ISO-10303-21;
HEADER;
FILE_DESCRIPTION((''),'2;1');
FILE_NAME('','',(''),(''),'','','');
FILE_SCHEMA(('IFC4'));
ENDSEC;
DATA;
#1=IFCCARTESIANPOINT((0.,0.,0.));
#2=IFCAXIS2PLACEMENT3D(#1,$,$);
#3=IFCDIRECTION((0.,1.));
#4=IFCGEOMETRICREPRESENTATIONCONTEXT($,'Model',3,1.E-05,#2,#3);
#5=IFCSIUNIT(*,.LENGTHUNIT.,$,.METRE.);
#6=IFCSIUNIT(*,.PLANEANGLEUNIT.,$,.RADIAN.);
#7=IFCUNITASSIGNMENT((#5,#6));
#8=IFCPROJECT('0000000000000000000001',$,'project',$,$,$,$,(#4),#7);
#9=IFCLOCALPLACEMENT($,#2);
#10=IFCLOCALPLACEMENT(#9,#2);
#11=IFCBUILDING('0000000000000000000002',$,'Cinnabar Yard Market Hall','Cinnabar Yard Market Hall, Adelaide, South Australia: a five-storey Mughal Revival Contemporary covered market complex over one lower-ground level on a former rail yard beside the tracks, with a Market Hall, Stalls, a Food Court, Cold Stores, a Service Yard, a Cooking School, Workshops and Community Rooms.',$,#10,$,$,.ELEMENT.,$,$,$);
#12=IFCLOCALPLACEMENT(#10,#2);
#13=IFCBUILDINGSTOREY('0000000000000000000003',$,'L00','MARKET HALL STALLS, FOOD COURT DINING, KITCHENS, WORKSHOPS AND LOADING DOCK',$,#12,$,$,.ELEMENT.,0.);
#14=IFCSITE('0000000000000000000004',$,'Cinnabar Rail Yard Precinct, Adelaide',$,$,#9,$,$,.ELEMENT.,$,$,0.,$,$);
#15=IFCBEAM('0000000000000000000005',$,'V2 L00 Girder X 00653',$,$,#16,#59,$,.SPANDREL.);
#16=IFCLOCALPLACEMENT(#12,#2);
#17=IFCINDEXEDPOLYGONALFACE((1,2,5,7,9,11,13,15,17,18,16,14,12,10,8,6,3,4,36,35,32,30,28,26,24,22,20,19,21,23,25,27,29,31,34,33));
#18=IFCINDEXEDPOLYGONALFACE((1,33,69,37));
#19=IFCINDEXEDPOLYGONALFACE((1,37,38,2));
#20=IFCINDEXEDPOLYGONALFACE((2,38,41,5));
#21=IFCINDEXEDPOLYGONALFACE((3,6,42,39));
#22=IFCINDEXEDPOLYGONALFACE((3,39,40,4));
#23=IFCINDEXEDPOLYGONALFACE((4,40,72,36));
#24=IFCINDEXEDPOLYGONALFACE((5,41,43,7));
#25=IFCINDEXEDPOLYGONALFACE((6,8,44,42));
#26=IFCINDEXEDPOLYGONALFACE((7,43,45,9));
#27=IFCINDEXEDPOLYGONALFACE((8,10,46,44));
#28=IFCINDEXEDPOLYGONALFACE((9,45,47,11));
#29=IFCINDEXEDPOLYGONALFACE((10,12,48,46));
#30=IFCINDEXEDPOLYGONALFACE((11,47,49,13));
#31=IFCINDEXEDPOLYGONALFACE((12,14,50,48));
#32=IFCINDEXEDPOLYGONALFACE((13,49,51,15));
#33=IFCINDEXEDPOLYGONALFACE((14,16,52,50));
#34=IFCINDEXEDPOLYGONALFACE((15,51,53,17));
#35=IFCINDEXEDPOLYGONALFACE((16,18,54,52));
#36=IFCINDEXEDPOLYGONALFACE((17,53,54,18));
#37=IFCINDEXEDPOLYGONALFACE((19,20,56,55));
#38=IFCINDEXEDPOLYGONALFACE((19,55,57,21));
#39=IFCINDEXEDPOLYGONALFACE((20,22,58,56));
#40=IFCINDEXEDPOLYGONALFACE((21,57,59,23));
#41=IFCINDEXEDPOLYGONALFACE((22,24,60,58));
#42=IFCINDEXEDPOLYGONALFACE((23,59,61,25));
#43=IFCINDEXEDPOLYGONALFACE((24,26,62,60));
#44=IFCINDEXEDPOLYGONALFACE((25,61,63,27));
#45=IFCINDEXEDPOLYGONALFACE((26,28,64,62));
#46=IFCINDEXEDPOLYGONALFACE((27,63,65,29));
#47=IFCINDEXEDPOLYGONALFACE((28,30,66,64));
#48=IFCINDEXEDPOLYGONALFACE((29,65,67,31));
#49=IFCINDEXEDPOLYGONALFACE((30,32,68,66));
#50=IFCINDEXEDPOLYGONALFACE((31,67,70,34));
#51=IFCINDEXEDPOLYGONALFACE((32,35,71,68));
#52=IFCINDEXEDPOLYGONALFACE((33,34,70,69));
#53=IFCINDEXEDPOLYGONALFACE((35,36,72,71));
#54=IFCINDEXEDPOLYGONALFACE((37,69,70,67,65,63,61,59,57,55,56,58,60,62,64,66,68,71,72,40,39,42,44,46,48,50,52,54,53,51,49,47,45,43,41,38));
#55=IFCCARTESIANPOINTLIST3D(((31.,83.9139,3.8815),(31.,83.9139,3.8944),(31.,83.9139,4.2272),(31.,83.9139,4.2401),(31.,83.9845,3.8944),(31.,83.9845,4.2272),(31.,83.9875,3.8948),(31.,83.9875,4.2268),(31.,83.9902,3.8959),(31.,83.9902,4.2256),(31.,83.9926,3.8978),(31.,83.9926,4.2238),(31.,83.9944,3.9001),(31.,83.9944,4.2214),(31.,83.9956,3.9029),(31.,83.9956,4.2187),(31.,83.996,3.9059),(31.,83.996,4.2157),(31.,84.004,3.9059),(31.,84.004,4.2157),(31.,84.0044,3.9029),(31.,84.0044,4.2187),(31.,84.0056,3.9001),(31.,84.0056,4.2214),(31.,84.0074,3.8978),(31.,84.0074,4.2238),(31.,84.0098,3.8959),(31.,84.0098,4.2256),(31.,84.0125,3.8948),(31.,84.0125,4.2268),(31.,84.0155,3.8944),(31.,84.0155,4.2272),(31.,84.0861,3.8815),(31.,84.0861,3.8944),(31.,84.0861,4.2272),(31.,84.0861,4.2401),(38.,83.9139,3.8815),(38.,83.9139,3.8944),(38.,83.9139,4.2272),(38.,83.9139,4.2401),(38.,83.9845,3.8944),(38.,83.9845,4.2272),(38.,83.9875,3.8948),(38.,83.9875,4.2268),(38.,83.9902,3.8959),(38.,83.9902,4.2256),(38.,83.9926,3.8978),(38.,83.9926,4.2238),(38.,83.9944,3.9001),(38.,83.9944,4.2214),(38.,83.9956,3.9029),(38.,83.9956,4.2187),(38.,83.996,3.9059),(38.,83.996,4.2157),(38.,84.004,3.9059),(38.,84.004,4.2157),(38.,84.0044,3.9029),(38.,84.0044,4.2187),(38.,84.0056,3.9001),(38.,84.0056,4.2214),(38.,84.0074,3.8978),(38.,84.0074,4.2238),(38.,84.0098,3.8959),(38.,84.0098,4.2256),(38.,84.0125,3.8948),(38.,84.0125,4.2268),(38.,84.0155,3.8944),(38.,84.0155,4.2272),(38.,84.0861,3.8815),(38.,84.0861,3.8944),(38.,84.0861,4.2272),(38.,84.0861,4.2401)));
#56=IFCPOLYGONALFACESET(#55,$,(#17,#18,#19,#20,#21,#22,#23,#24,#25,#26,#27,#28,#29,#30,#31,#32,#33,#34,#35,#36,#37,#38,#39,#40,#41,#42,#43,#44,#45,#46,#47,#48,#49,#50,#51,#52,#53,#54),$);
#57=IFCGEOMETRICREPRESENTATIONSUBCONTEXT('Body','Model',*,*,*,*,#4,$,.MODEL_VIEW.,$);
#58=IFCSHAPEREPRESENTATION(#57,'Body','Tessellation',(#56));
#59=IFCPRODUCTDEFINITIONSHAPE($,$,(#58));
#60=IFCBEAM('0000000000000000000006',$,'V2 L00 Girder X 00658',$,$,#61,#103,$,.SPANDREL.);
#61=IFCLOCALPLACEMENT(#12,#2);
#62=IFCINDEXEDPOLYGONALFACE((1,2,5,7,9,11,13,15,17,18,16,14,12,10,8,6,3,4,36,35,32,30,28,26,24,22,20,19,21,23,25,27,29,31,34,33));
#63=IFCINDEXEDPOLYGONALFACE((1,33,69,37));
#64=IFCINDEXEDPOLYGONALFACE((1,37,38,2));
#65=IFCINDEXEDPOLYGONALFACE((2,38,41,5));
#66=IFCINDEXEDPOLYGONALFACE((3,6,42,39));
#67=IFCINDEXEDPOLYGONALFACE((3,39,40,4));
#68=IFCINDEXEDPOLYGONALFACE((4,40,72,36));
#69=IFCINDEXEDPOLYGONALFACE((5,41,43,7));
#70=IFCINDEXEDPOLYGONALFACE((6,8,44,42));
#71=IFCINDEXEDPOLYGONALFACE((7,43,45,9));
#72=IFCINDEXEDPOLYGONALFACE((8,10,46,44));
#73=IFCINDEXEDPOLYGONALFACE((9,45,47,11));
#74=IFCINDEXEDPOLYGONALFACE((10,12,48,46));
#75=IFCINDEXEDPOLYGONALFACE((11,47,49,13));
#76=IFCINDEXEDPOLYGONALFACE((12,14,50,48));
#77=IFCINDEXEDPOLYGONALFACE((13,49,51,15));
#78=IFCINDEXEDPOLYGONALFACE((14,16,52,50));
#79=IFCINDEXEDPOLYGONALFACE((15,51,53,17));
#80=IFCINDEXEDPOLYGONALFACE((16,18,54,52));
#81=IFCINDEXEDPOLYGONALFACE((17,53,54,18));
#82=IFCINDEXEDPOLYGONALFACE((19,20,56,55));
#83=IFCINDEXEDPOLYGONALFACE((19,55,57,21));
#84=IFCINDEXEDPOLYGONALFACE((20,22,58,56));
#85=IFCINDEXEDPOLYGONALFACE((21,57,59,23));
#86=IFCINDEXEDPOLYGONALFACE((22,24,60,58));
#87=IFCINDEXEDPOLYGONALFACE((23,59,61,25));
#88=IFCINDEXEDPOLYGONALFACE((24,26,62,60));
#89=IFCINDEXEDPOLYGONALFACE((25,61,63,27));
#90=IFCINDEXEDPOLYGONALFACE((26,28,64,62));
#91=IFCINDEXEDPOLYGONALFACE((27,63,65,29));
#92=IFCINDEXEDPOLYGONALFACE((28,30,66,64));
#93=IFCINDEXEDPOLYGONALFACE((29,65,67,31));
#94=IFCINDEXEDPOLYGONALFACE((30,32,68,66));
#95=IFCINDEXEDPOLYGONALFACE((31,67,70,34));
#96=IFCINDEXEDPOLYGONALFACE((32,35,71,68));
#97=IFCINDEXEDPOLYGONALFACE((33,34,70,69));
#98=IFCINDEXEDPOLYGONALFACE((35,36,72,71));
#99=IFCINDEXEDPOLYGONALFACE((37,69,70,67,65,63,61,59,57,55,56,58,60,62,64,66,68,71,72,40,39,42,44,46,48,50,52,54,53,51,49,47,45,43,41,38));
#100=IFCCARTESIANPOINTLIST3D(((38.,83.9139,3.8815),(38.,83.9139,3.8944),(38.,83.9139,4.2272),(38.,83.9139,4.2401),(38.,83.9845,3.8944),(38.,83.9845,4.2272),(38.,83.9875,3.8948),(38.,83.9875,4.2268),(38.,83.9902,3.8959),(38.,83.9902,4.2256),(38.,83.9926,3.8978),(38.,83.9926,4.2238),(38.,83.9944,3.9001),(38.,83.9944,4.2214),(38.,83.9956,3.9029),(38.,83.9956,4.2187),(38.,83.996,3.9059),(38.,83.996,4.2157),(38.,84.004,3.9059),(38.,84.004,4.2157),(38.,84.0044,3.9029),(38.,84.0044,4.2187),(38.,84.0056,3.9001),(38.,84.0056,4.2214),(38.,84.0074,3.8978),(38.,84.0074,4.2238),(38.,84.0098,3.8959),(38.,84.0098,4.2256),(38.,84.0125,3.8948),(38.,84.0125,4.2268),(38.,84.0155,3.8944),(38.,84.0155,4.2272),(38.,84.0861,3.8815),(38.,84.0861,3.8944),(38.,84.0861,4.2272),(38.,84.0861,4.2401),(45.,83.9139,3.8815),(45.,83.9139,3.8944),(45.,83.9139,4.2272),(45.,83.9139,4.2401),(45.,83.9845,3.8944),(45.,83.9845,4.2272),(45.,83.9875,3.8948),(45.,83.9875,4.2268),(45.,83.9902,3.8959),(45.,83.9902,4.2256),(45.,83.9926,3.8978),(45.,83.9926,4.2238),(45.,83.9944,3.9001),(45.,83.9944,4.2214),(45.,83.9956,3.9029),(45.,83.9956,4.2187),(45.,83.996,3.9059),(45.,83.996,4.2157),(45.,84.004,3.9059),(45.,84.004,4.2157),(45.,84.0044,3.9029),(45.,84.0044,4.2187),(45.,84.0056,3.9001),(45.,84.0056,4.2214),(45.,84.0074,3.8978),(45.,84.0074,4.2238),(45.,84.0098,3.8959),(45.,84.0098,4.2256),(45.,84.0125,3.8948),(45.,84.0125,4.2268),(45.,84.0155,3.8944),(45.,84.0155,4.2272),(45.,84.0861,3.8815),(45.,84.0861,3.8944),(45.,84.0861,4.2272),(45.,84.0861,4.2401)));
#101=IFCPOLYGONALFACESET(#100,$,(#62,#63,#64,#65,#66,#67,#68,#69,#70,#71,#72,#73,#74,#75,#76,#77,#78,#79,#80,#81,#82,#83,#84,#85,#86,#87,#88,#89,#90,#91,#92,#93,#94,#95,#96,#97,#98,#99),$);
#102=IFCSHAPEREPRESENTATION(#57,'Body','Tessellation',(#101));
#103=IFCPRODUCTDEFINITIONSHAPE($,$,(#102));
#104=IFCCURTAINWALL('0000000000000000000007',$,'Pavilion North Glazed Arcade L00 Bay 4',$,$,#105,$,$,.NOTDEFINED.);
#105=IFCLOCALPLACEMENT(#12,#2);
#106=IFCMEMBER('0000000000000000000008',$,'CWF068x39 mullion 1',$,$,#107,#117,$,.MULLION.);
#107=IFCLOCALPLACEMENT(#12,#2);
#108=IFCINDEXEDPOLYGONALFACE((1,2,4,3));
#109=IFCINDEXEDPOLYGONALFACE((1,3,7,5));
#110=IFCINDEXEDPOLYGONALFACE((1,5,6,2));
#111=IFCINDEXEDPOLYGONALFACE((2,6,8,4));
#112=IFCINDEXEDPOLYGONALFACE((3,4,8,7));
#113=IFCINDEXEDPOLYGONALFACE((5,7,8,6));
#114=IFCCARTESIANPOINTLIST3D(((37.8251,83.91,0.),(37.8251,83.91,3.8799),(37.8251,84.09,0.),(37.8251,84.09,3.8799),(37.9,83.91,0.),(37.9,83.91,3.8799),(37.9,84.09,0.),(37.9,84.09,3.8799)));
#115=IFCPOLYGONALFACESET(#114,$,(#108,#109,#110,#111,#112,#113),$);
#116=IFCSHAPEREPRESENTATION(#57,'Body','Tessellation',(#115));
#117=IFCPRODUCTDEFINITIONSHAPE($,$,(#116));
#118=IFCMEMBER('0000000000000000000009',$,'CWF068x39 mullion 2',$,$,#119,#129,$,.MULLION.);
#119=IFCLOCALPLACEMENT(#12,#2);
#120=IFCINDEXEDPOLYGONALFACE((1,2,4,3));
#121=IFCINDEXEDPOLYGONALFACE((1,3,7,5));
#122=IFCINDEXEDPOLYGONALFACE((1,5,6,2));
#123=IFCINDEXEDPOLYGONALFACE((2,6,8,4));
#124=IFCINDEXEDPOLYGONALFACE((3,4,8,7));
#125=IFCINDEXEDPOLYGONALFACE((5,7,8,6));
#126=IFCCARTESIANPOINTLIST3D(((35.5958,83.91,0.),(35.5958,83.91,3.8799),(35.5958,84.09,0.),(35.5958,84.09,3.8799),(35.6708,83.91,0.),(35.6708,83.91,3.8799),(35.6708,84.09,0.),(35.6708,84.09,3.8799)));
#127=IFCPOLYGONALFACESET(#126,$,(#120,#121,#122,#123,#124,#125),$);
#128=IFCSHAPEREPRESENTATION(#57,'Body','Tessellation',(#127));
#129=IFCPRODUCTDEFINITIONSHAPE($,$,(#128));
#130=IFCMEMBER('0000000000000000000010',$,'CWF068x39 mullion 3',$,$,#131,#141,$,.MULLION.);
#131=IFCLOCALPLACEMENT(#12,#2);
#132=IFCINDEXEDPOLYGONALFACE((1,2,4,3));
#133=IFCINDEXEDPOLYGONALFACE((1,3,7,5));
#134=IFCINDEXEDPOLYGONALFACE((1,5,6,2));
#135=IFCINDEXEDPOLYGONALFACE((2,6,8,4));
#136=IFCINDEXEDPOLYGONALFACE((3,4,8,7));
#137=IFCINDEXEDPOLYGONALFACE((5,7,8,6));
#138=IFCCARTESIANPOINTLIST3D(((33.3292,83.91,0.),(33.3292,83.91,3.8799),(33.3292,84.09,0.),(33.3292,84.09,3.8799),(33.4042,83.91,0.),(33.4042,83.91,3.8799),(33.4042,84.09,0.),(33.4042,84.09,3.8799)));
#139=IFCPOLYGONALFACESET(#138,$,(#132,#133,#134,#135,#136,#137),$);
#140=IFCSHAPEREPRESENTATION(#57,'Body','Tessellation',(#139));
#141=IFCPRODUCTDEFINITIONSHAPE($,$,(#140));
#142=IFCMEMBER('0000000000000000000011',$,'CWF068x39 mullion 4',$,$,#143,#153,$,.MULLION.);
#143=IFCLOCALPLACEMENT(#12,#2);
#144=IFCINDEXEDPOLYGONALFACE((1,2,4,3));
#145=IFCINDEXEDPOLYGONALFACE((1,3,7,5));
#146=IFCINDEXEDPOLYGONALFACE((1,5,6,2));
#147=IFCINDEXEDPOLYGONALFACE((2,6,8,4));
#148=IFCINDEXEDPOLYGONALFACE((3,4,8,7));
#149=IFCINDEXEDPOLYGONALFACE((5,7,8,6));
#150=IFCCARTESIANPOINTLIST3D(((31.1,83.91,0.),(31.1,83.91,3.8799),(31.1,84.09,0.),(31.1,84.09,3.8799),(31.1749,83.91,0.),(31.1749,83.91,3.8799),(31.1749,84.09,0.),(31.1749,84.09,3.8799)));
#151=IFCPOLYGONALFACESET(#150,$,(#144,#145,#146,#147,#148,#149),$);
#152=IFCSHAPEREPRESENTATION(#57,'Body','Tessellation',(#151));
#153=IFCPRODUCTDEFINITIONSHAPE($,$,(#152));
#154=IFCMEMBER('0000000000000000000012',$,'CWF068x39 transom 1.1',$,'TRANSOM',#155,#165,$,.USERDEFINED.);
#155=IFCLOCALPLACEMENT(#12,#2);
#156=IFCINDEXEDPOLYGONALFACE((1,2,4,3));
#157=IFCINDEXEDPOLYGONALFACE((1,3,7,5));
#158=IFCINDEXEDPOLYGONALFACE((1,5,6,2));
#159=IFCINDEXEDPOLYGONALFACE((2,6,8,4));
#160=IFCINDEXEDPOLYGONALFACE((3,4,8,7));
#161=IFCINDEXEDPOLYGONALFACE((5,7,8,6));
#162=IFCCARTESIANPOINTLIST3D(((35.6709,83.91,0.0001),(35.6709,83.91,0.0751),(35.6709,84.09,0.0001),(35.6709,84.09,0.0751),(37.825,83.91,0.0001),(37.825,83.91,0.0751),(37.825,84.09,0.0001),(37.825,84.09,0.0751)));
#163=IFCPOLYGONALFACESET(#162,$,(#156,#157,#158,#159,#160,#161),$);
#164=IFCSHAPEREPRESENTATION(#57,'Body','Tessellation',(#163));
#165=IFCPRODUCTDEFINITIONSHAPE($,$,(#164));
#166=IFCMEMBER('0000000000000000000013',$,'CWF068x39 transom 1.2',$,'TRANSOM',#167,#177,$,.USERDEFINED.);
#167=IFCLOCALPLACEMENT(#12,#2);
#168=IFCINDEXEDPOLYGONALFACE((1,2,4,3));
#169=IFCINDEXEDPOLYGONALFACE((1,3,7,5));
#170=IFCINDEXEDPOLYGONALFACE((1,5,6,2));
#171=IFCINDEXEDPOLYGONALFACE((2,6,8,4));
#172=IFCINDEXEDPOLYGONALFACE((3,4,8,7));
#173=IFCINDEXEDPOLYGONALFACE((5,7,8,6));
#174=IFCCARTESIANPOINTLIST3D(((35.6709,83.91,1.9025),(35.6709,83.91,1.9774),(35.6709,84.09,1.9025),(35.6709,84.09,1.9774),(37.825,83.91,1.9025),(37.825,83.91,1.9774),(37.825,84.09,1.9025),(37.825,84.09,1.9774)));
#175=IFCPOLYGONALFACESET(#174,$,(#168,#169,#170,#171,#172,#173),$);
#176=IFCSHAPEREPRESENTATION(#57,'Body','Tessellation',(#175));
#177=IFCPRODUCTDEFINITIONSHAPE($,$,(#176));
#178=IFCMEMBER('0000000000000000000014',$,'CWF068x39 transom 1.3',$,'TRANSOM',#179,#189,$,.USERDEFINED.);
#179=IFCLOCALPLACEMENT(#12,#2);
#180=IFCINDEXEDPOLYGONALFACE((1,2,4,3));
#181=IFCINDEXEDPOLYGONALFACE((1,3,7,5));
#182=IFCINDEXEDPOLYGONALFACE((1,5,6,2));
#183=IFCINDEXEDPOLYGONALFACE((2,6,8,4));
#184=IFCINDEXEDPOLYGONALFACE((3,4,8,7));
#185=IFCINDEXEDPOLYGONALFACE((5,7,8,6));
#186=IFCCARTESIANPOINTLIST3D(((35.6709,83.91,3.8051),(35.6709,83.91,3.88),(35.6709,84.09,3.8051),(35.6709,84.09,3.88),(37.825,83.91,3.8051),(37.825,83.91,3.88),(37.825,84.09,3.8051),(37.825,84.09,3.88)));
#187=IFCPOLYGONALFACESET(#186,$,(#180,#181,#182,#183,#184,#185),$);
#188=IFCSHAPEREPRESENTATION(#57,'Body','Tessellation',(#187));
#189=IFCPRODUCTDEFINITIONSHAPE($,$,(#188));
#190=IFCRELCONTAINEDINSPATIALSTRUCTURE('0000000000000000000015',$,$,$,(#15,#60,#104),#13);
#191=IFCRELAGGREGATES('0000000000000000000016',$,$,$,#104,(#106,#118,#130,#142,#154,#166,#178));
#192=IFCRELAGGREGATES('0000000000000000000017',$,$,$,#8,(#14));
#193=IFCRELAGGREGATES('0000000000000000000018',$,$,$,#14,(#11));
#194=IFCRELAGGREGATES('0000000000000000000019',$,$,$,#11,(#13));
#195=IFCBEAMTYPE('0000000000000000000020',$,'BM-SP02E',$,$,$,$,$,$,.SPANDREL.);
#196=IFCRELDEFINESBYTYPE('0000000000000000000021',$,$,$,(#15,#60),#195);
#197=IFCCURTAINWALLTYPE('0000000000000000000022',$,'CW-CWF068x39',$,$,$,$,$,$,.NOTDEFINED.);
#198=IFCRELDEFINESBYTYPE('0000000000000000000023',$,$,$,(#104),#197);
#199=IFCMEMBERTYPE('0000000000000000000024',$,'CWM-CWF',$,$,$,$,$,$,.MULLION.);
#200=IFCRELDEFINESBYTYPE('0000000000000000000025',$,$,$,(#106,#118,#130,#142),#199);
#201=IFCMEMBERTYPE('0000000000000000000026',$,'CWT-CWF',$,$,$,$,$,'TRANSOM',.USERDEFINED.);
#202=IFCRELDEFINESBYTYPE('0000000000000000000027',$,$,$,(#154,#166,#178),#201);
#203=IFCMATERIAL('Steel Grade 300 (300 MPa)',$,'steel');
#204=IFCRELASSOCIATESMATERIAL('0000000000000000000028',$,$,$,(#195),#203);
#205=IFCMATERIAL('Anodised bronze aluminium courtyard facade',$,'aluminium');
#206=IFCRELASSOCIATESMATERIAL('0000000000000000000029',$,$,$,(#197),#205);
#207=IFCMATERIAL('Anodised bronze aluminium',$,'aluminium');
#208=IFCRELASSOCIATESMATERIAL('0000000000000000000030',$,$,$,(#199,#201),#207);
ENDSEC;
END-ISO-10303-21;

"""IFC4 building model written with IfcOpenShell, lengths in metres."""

from ifc_helpers import new_model, si_unit, direction, frame, origin, origin_2d_with_axis, place, context, subcontext, project, spatial, rectangle, i_section, extrude, material, material_profile, profile_set, type_object, element, aggregate, save


model = new_model("IFC4")

# Units and contexts
model_context = context("Model", 3, precision=1e-05, world=origin(), true_north=direction((0.0, 1.0)))
body_context = subcontext(model_context, "Body", "Model", "MODEL_VIEW")
ifc_project = project(units=[si_unit("LENGTHUNIT", "METRE"), si_unit("PLANEANGLEUNIT", "RADIAN")], contexts=[model_context])

# Site, building, storey
site_placement = place(None, origin())
site = spatial("IfcSite", under=ifc_project, at=site_placement, Name="Cinnabar Rail Yard Precinct, Adelaide", CompositionType="ELEMENT", RefElevation=0.0)
building_placement = place(site_placement, origin())
building = spatial("IfcBuilding", under=site, at=building_placement, Name="Cinnabar Yard Market Hall", Description="Cinnabar Yard Market Hall, Adelaide, South Australia: a five-storey Mughal Revival Contemporary covered market complex over one lower-ground level on a former rail yard beside the tracks, with a Market Hall, Stalls, a Food Court, Cold Stores, a Service Yard, a Cooking School, Workshops and Community Rooms.", CompositionType="ELEMENT")
storey_placement = place(building_placement, origin())
storey = spatial("IfcBuildingStorey", under=building, at=storey_placement, Name="L00", Description="MARKET HALL STALLS, FOOD COURT DINING, KITCHENS, WORKSHOPS AND LOADING DOCK", CompositionType="ELEMENT", Elevation=0.0)

# Shared definitions
ifc_material_1 = material(Name="Steel Grade 300 (300 MPa)", Category="steel")

# Beams
ifc_material_profile_1 = material_profile(ifc_material_1, i_section(OverallWidth=0.1721, OverallDepth=0.3586, WebThickness=0.0081, FlangeThickness=0.0129, FilletRadius=0.0115, at=origin_2d_with_axis()), Name="360UB56.7")
ifc_profile_set_1 = profile_set([ifc_material_profile_1], Name="Steel Grade 300 (300 MPa)")
beam_type = type_object("IfcBeamType", Name="BM-SP02E", PredefinedType="SPANDREL", material=ifc_profile_set_1)
for number, where, z_axis, x_axis, name in (
    (1, (31.0, 84.0, 4.0608), (1.0, 0.0, 0.0), (0.0, 1.0, 0.0), "V2 L00 Girder X 00653"),
    (2, (38.0, 84.0, 4.0608), (1.0, 0.0, 0.0), (0.0, 1.0, 0.0), "V2 L00 Girder X 00658"),
):
    element("IfcBeam", number, at=place(storey_placement, frame(where, z_axis=z_axis, x_axis=x_axis)), inside=storey, type_object=beam_type, Name=name, PredefinedType="SPANDREL", context=body_context, shape_type="SweptSolid", body=[
        extrude(i_section(OverallWidth=0.1721, OverallDepth=0.3586, WebThickness=0.0081, FlangeThickness=0.0129, FilletRadius=0.0115, at=origin_2d_with_axis()), origin(), (0.0, 0.0, 1.0), 7.0),
    ])

# Curtain wall, members
ifc_material_2 = material(Name="Anodised bronze aluminium courtyard facade", Category="aluminium")
curtain_wall_type = type_object("IfcCurtainWallType", Name="CW-CWF068x39", PredefinedType="NOTDEFINED", material=ifc_material_2)
curtain_wall_placement = place(storey_placement, origin())
curtain_wall = element("IfcCurtainWall", 3, at=curtain_wall_placement, inside=storey, type_object=curtain_wall_type, Name="Pavilion North Glazed Arcade L00 Bay 4", PredefinedType="NOTDEFINED")
ifc_material_3 = material(Name="Anodised bronze aluminium", Category="aluminium")
ifc_material_profile_2 = material_profile(ifc_material_3, rectangle(XDim=0.1799, YDim=0.075, at=origin_2d_with_axis()), Name="MUL-CWF")
ifc_profile_set_2 = profile_set([ifc_material_profile_2], Name="Anodised bronze aluminium")
member_type_1 = type_object("IfcMemberType", Name="CWM-CWF", PredefinedType="MULLION", material=ifc_profile_set_2)
member_1_placement = place(storey_placement, frame((37.8625, 84.0, 0.0), z_axis=(0.0, 0.0, 1.0), x_axis=(0.0, -1.0, 0.0)))
member_1 = element("IfcMember", 4, at=member_1_placement, type_object=member_type_1, Name="CWF068x39 mullion 1", PredefinedType="MULLION", context=body_context, shape_type="SweptSolid", body=[
    extrude(rectangle(XDim=0.1799, YDim=0.075, at=origin_2d_with_axis()), origin(), (0.0, 0.0, 1.0), 3.8799),
])
member_2_placement = place(storey_placement, frame((35.6333, 84.0, 0.0), z_axis=(0.0, 0.0, 1.0), x_axis=(0.0, -1.0, 0.0)))
member_2 = element("IfcMember", 5, at=member_2_placement, type_object=member_type_1, Name="CWF068x39 mullion 2", PredefinedType="MULLION", context=body_context, shape_type="SweptSolid", body=[
    extrude(rectangle(XDim=0.1799, YDim=0.075, at=origin_2d_with_axis()), origin(), (0.0, 0.0, 1.0), 3.8799),
])
member_3_placement = place(storey_placement, frame((33.3667, 84.0, 0.0), z_axis=(0.0, 0.0, 1.0), x_axis=(0.0, -1.0, 0.0)))
member_3 = element("IfcMember", 6, at=member_3_placement, type_object=member_type_1, Name="CWF068x39 mullion 3", PredefinedType="MULLION", context=body_context, shape_type="SweptSolid", body=[
    extrude(rectangle(XDim=0.1799, YDim=0.075, at=origin_2d_with_axis()), origin(), (0.0, 0.0, 1.0), 3.8799),
])
member_4_placement = place(storey_placement, frame((31.1375, 84.0, 0.0), z_axis=(0.0, 0.0, 1.0), x_axis=(0.0, -1.0, 0.0)))
member_4 = element("IfcMember", 7, at=member_4_placement, type_object=member_type_1, Name="CWF068x39 mullion 4", PredefinedType="MULLION", context=body_context, shape_type="SweptSolid", body=[
    extrude(rectangle(XDim=0.1799, YDim=0.075, at=origin_2d_with_axis()), origin(), (0.0, 0.0, 1.0), 3.8799),
])
ifc_material_profile_3 = material_profile(ifc_material_3, rectangle(XDim=0.1799, YDim=0.075, at=origin_2d_with_axis()), Name="TRN-CWF")
ifc_profile_set_3 = profile_set([ifc_material_profile_3], Name="Anodised bronze aluminium")
member_type_2 = type_object("IfcMemberType", Name="CWT-CWF", ElementType="TRANSOM", PredefinedType="USERDEFINED", material=ifc_profile_set_3)
member_5_placement = place(storey_placement, frame((37.825, 84.0, 0.0376), z_axis=(-1.0, 0.0, 0.0), x_axis=(0.0, -1.0, 0.0)))
member_5 = element("IfcMember", 8, at=member_5_placement, type_object=member_type_2, Name="CWF068x39 transom 1.1", ObjectType="TRANSOM", PredefinedType="USERDEFINED", context=body_context, shape_type="SweptSolid", body=[
    extrude(rectangle(XDim=0.1799, YDim=0.075, at=origin_2d_with_axis()), origin(), (0.0, 0.0, 1.0), 2.1541),
])
member_6_placement = place(storey_placement, frame((37.825, 84.0, 1.9399), z_axis=(-1.0, 0.0, 0.0), x_axis=(0.0, -1.0, 0.0)))
member_6 = element("IfcMember", 9, at=member_6_placement, type_object=member_type_2, Name="CWF068x39 transom 1.2", ObjectType="TRANSOM", PredefinedType="USERDEFINED", context=body_context, shape_type="SweptSolid", body=[
    extrude(rectangle(XDim=0.1799, YDim=0.075, at=origin_2d_with_axis()), origin(), (0.0, 0.0, 1.0), 2.1541),
])
member_7_placement = place(storey_placement, frame((37.825, 84.0, 3.8425), z_axis=(-1.0, 0.0, 0.0), x_axis=(0.0, -1.0, 0.0)))
member_7 = element("IfcMember", 10, at=member_7_placement, type_object=member_type_2, Name="CWF068x39 transom 1.3", ObjectType="TRANSOM", PredefinedType="USERDEFINED", context=body_context, shape_type="SweptSolid", body=[
    extrude(rectangle(XDim=0.1799, YDim=0.075, at=origin_2d_with_axis()), origin(), (0.0, 0.0, 1.0), 2.1541),
])
aggregate(curtain_wall, [member_1, member_2, member_3, member_4, member_5, member_6, member_7])

save(model, "model.ifc")
